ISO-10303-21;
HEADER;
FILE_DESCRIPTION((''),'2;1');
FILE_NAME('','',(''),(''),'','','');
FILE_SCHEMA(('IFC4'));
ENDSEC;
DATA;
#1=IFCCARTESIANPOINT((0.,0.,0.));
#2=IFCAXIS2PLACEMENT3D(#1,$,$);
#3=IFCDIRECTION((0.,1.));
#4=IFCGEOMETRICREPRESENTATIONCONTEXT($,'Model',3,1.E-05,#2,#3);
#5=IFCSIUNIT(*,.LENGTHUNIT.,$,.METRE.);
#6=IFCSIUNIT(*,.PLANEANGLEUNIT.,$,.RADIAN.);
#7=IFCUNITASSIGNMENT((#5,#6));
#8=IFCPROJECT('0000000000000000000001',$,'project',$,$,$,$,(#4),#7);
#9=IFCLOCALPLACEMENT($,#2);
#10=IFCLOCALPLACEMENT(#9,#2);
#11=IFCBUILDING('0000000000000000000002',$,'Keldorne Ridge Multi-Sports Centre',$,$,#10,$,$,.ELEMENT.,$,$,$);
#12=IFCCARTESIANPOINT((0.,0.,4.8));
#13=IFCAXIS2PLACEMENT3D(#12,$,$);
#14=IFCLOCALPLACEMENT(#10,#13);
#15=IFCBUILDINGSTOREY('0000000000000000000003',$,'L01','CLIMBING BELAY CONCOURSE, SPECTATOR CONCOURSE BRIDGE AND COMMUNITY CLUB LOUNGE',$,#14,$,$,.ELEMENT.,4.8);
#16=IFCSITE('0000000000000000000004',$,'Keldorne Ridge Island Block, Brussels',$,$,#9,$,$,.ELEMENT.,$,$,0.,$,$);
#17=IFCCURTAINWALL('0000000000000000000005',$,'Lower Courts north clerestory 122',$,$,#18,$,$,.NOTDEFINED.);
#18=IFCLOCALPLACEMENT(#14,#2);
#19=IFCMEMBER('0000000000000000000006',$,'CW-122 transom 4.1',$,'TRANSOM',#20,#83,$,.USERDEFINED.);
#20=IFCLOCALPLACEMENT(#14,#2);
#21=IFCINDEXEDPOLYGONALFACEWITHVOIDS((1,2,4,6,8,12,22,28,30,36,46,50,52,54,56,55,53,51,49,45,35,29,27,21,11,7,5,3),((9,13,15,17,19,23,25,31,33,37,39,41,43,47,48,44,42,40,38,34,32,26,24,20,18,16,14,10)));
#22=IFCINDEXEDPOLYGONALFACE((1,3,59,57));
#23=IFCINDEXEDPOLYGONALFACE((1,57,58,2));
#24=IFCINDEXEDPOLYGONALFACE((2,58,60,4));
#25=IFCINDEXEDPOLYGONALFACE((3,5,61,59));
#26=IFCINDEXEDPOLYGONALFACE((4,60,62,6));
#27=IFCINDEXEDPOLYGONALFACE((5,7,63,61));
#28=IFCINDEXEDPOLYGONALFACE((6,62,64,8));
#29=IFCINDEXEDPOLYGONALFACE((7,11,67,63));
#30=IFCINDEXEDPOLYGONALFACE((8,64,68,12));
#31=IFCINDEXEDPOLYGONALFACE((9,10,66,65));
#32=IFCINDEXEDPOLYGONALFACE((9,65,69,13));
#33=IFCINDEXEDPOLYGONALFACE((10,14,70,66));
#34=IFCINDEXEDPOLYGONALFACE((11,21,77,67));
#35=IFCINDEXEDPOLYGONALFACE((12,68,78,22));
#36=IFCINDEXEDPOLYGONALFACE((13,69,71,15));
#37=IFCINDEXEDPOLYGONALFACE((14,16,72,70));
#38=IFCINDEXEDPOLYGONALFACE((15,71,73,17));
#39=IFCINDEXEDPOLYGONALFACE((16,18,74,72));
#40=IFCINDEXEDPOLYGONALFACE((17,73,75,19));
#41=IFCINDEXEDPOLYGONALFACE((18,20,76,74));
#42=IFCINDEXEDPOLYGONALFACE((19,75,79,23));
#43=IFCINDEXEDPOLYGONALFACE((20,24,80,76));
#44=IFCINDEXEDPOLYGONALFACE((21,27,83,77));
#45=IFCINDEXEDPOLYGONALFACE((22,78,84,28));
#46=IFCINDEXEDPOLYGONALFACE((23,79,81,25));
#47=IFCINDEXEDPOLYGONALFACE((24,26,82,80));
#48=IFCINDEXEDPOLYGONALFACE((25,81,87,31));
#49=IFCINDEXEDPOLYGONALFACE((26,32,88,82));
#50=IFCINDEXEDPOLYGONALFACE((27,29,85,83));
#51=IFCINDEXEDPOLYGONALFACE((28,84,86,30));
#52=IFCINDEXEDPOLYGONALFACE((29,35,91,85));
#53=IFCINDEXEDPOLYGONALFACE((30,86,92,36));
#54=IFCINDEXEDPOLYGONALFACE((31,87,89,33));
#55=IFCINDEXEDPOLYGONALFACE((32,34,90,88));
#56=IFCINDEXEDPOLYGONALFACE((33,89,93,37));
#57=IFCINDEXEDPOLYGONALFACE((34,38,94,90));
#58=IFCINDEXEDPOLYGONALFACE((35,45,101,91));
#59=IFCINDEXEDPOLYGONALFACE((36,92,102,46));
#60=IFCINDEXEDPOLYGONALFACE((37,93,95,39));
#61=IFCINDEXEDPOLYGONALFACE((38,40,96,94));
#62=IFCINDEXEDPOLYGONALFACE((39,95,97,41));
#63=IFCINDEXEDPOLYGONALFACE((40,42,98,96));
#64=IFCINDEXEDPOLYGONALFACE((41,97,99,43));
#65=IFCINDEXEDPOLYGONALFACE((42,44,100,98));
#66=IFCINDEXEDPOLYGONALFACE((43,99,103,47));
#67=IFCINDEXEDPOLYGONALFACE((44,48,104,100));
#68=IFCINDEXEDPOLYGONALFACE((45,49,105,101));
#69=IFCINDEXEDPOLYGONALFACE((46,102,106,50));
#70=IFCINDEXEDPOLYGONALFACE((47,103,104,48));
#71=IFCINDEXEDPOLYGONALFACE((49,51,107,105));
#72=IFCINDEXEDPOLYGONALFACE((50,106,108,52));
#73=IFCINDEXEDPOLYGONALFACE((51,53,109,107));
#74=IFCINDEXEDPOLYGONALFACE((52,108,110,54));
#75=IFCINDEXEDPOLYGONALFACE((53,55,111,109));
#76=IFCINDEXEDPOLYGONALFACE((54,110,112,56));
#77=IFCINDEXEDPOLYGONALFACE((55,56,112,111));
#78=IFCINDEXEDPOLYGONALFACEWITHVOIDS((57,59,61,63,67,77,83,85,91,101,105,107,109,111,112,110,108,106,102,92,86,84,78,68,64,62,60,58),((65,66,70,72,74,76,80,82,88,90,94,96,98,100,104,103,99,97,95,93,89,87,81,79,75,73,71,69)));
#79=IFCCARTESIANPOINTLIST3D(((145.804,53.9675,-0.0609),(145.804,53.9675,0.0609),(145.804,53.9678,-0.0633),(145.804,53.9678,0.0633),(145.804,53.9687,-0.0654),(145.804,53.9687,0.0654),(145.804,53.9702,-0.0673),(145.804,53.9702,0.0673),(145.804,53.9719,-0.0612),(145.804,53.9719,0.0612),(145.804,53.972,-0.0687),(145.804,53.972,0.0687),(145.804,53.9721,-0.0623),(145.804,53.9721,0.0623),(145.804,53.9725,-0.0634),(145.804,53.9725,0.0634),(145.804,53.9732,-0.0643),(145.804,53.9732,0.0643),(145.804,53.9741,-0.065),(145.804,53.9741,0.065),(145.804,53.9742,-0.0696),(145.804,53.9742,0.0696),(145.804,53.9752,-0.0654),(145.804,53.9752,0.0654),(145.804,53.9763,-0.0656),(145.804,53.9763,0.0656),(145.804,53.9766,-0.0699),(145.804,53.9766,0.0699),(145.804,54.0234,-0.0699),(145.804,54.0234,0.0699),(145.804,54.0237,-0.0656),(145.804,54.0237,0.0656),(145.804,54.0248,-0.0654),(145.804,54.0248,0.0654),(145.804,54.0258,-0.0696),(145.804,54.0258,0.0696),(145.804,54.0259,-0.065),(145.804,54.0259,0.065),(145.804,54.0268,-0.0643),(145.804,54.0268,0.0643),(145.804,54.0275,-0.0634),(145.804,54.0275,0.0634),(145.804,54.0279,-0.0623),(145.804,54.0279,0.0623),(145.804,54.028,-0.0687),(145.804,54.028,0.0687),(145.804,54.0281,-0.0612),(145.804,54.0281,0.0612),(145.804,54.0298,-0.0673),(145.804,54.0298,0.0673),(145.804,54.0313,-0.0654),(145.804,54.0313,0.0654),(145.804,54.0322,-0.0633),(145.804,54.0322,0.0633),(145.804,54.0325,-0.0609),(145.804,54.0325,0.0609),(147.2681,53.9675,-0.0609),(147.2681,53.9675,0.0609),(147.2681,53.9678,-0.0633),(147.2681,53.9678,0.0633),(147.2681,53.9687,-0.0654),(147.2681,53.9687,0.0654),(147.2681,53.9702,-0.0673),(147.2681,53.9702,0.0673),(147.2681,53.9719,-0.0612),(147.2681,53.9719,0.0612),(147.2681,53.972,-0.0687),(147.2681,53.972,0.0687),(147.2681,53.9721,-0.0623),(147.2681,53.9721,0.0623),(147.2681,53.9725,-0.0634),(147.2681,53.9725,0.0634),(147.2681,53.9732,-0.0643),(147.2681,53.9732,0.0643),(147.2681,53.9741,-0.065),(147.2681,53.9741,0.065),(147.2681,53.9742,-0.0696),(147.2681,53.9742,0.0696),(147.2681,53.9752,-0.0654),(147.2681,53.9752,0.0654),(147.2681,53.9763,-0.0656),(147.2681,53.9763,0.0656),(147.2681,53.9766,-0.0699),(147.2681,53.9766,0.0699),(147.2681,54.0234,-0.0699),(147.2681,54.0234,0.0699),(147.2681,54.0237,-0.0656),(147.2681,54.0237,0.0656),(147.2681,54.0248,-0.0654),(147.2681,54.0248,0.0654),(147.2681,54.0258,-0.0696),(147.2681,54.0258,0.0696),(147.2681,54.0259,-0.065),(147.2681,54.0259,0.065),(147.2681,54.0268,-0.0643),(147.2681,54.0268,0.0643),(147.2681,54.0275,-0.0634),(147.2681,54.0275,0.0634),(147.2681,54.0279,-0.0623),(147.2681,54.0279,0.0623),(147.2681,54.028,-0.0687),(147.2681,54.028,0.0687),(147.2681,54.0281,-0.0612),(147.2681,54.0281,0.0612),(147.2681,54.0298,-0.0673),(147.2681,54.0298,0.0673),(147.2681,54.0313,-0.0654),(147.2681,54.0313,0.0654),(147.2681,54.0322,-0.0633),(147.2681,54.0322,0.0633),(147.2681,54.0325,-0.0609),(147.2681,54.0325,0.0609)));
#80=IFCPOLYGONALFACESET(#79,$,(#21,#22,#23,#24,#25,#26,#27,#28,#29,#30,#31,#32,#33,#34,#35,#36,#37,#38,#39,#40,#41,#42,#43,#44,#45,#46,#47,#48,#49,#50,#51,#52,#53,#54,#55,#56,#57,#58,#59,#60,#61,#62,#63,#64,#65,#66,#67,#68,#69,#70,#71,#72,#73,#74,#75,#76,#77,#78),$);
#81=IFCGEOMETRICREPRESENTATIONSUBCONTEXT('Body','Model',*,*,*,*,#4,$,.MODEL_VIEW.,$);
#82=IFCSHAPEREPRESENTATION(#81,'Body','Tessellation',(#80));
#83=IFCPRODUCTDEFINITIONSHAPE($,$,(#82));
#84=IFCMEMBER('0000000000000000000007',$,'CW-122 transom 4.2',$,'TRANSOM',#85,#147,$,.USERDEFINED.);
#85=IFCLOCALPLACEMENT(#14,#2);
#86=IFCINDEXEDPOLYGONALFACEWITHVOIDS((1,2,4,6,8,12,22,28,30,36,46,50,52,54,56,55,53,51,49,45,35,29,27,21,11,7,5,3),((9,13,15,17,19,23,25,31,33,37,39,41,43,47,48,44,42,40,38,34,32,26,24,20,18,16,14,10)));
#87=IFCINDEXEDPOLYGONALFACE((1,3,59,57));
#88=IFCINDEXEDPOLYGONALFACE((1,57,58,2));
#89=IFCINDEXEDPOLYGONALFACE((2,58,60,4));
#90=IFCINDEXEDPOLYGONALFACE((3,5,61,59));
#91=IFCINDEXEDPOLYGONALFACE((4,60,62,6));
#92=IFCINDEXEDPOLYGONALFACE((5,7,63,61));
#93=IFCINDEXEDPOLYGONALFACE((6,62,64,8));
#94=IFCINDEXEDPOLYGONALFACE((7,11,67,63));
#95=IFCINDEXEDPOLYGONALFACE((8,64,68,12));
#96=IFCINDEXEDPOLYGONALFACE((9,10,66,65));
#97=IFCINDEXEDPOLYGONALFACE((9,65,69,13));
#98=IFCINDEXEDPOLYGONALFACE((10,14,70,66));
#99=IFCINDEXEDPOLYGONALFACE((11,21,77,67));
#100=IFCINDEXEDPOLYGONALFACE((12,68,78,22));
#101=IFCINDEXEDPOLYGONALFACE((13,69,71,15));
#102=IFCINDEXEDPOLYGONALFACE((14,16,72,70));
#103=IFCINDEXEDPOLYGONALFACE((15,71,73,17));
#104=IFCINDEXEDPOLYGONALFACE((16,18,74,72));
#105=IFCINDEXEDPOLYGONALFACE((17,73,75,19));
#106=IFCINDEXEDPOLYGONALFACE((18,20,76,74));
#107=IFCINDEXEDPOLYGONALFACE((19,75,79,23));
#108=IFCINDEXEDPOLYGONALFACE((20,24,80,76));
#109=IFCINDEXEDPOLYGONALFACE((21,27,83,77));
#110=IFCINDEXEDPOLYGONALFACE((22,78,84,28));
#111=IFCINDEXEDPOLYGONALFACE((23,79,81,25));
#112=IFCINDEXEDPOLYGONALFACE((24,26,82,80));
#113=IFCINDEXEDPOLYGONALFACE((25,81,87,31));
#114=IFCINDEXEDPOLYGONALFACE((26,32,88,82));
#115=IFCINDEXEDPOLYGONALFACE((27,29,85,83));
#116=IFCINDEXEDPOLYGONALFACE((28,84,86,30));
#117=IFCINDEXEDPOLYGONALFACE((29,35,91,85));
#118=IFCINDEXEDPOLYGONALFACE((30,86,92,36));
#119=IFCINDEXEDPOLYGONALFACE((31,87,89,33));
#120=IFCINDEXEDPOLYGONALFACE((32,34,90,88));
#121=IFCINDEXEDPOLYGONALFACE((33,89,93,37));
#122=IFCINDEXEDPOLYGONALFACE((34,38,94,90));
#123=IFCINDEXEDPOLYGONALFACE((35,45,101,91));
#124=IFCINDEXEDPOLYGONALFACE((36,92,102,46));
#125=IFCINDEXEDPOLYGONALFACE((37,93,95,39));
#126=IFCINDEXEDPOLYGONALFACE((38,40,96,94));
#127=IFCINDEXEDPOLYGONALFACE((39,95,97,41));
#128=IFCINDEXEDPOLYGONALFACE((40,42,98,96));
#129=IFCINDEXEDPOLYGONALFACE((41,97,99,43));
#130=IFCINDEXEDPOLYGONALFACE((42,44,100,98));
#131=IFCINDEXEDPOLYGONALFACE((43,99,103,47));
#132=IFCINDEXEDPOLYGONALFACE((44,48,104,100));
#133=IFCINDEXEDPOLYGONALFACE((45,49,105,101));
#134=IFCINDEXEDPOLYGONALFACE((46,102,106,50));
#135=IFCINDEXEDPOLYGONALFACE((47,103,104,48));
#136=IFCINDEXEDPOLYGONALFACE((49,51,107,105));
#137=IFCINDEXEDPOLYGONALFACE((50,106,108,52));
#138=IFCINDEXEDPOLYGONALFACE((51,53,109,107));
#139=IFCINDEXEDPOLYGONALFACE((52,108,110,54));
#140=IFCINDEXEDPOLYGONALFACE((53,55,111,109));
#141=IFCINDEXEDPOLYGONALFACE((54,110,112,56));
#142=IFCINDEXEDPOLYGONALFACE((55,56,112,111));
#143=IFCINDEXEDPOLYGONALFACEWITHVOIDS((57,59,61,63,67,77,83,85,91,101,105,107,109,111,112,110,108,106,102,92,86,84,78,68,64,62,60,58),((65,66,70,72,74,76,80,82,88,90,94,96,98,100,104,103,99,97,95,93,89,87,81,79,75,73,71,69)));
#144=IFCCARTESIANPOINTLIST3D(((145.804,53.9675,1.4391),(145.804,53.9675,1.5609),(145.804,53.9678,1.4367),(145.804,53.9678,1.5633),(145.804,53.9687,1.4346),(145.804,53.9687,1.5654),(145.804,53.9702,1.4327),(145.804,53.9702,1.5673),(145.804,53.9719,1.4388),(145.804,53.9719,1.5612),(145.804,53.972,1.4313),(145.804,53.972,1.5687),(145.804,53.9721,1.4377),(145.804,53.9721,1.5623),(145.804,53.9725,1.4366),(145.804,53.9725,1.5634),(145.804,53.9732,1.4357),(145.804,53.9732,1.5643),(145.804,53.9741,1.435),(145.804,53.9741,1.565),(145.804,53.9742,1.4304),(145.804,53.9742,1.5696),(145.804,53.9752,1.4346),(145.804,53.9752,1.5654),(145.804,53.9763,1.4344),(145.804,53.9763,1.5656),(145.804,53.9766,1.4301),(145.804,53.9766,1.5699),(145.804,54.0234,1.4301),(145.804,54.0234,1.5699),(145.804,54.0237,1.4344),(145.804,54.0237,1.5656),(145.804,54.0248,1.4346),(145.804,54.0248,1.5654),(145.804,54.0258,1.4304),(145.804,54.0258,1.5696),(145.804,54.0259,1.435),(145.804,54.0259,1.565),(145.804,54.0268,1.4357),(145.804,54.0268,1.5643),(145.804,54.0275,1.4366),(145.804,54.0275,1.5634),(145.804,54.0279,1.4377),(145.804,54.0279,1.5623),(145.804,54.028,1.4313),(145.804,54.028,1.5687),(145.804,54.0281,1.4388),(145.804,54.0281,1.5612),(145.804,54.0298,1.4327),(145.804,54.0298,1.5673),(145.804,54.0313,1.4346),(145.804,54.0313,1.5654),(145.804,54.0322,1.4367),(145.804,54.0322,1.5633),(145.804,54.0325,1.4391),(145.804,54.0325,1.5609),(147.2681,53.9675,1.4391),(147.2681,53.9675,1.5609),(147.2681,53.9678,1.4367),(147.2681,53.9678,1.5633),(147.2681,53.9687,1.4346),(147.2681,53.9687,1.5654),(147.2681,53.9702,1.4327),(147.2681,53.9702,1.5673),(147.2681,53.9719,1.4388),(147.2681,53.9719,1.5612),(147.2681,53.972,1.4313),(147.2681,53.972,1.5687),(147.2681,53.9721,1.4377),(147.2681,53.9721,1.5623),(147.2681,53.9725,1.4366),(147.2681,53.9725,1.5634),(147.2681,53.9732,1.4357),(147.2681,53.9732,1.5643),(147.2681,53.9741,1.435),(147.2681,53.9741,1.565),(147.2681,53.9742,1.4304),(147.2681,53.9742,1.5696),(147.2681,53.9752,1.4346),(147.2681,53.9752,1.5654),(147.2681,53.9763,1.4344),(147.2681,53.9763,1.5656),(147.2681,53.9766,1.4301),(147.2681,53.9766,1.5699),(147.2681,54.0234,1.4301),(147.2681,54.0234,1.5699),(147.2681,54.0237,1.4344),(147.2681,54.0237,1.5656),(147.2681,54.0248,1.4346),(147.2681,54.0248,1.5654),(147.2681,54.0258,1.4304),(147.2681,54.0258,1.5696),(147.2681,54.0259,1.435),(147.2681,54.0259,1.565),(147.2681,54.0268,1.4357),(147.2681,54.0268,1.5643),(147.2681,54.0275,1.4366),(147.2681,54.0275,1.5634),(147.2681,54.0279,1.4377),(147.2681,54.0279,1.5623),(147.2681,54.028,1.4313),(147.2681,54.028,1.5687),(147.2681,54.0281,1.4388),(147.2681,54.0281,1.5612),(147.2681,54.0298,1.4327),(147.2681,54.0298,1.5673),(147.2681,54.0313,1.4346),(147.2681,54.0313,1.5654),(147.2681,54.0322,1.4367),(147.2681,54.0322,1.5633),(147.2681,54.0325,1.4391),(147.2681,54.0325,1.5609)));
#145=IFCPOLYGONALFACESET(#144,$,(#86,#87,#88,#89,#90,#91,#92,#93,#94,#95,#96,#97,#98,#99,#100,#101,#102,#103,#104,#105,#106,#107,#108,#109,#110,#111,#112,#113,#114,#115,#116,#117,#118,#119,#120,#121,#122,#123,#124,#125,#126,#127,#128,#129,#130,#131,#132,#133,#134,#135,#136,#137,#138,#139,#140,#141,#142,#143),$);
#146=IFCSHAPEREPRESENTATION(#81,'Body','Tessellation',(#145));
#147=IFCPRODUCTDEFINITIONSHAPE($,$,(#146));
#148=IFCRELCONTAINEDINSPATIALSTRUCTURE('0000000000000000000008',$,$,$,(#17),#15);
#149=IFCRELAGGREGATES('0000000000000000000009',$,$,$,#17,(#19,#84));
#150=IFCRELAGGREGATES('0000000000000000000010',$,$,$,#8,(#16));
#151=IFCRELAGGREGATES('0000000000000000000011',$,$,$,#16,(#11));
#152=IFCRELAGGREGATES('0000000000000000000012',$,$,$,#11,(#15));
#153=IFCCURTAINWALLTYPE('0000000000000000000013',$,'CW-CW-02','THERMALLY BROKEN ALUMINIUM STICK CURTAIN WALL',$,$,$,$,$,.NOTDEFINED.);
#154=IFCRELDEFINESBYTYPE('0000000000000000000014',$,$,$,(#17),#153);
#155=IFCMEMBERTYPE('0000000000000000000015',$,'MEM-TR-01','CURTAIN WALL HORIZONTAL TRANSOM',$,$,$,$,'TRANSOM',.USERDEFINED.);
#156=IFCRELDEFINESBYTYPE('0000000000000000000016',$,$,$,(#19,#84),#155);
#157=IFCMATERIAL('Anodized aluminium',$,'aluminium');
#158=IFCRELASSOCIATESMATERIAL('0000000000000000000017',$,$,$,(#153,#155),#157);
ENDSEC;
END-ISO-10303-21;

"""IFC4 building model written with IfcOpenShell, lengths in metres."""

from ifc_helpers import new_model, si_unit, direction, frame, origin, origin_2d, place, context, subcontext, project, spatial, hollow_rectangle, extrude, material, material_profile, profile_set, type_object, element, aggregate, save


model = new_model("IFC4")

# Units and contexts
model_context = context("Model", 3, precision=1e-05, world=origin(), true_north=direction((0.0, 1.0)))
body_context = subcontext(model_context, "Body", "Model", "MODEL_VIEW")
ifc_project = project(units=[si_unit("LENGTHUNIT", "METRE"), si_unit("PLANEANGLEUNIT", "RADIAN")], contexts=[model_context])

# Site, building, storey
site_placement = place(None, origin())
site = spatial("IfcSite", under=ifc_project, at=site_placement, Name="Keldorne Ridge Island Block, Brussels", CompositionType="ELEMENT", RefElevation=0.0)
building_placement = place(site_placement, origin())
building = spatial("IfcBuilding", under=site, at=building_placement, Name="Keldorne Ridge Multi-Sports Centre", CompositionType="ELEMENT")
storey_placement = place(building_placement, frame((0.0, 0.0, 4.8)))
storey = spatial("IfcBuildingStorey", under=building, at=storey_placement, Name="L01", Description="CLIMBING BELAY CONCOURSE, SPECTATOR CONCOURSE BRIDGE AND COMMUNITY CLUB LOUNGE", CompositionType="ELEMENT", Elevation=4.8)

# Curtain wall, members
ifc_material_1 = material(Name="Anodized aluminium", Category="aluminium")
curtain_wall_type = type_object("IfcCurtainWallType", Name="CW-CW-02", Description="THERMALLY BROKEN ALUMINIUM STICK CURTAIN WALL", PredefinedType="NOTDEFINED", material=ifc_material_1)
curtain_wall_placement = place(storey_placement, origin())
curtain_wall = element("IfcCurtainWall", 1, at=curtain_wall_placement, inside=storey, type_object=curtain_wall_type, Name="Lower Courts north clerestory 122", PredefinedType="NOTDEFINED")
ifc_material_profile_1 = material_profile(ifc_material_1, hollow_rectangle(XDim=0.0649, YDim=0.1399, WallThickness=0.0044, InnerFilletRadius=0.0044, OuterFilletRadius=0.009, at=origin_2d()), Name="ALU TRANSOM 140x65x4.5")
ifc_profile_set_1 = profile_set([ifc_material_profile_1], Name="Anodized aluminium")
member_type_1 = type_object("IfcMemberType", Name="MEM-TR-01", Description="CURTAIN WALL HORIZONTAL TRANSOM", ElementType="TRANSOM", PredefinedType="USERDEFINED", material=ifc_profile_set_1)
member_1_placement = place(storey_placement, frame((147.2681, 54.0, 0.0), z_axis=(-1.0, 0.0, 0.0), x_axis=(0.0, -1.0, 0.0)))
member_1 = element("IfcMember", 2, at=member_1_placement, type_object=member_type_1, Name="CW-122 transom 4.1", ObjectType="TRANSOM", PredefinedType="USERDEFINED", context=body_context, shape_type="SweptSolid", body=[
    extrude(hollow_rectangle(XDim=0.0649, YDim=0.1399, WallThickness=0.0044, InnerFilletRadius=0.0044, OuterFilletRadius=0.009, at=origin_2d()), origin(), (0.0, 0.0, 1.0), 1.4641),
])
member_2_placement = place(storey_placement, frame((147.2681, 54.0, 1.5), z_axis=(-1.0, 0.0, 0.0), x_axis=(0.0, -1.0, 0.0)))
member_2 = element("IfcMember", 3, at=member_2_placement, type_object=member_type_1, Name="CW-122 transom 4.2", ObjectType="TRANSOM", PredefinedType="USERDEFINED", context=body_context, shape_type="SweptSolid", body=[
    extrude(hollow_rectangle(XDim=0.0649, YDim=0.1399, WallThickness=0.0044, InnerFilletRadius=0.0044, OuterFilletRadius=0.009, at=origin_2d()), origin(), (0.0, 0.0, 1.0), 1.4641),
])
aggregate(curtain_wall, [member_1, member_2])

save(model, "model.ifc")
